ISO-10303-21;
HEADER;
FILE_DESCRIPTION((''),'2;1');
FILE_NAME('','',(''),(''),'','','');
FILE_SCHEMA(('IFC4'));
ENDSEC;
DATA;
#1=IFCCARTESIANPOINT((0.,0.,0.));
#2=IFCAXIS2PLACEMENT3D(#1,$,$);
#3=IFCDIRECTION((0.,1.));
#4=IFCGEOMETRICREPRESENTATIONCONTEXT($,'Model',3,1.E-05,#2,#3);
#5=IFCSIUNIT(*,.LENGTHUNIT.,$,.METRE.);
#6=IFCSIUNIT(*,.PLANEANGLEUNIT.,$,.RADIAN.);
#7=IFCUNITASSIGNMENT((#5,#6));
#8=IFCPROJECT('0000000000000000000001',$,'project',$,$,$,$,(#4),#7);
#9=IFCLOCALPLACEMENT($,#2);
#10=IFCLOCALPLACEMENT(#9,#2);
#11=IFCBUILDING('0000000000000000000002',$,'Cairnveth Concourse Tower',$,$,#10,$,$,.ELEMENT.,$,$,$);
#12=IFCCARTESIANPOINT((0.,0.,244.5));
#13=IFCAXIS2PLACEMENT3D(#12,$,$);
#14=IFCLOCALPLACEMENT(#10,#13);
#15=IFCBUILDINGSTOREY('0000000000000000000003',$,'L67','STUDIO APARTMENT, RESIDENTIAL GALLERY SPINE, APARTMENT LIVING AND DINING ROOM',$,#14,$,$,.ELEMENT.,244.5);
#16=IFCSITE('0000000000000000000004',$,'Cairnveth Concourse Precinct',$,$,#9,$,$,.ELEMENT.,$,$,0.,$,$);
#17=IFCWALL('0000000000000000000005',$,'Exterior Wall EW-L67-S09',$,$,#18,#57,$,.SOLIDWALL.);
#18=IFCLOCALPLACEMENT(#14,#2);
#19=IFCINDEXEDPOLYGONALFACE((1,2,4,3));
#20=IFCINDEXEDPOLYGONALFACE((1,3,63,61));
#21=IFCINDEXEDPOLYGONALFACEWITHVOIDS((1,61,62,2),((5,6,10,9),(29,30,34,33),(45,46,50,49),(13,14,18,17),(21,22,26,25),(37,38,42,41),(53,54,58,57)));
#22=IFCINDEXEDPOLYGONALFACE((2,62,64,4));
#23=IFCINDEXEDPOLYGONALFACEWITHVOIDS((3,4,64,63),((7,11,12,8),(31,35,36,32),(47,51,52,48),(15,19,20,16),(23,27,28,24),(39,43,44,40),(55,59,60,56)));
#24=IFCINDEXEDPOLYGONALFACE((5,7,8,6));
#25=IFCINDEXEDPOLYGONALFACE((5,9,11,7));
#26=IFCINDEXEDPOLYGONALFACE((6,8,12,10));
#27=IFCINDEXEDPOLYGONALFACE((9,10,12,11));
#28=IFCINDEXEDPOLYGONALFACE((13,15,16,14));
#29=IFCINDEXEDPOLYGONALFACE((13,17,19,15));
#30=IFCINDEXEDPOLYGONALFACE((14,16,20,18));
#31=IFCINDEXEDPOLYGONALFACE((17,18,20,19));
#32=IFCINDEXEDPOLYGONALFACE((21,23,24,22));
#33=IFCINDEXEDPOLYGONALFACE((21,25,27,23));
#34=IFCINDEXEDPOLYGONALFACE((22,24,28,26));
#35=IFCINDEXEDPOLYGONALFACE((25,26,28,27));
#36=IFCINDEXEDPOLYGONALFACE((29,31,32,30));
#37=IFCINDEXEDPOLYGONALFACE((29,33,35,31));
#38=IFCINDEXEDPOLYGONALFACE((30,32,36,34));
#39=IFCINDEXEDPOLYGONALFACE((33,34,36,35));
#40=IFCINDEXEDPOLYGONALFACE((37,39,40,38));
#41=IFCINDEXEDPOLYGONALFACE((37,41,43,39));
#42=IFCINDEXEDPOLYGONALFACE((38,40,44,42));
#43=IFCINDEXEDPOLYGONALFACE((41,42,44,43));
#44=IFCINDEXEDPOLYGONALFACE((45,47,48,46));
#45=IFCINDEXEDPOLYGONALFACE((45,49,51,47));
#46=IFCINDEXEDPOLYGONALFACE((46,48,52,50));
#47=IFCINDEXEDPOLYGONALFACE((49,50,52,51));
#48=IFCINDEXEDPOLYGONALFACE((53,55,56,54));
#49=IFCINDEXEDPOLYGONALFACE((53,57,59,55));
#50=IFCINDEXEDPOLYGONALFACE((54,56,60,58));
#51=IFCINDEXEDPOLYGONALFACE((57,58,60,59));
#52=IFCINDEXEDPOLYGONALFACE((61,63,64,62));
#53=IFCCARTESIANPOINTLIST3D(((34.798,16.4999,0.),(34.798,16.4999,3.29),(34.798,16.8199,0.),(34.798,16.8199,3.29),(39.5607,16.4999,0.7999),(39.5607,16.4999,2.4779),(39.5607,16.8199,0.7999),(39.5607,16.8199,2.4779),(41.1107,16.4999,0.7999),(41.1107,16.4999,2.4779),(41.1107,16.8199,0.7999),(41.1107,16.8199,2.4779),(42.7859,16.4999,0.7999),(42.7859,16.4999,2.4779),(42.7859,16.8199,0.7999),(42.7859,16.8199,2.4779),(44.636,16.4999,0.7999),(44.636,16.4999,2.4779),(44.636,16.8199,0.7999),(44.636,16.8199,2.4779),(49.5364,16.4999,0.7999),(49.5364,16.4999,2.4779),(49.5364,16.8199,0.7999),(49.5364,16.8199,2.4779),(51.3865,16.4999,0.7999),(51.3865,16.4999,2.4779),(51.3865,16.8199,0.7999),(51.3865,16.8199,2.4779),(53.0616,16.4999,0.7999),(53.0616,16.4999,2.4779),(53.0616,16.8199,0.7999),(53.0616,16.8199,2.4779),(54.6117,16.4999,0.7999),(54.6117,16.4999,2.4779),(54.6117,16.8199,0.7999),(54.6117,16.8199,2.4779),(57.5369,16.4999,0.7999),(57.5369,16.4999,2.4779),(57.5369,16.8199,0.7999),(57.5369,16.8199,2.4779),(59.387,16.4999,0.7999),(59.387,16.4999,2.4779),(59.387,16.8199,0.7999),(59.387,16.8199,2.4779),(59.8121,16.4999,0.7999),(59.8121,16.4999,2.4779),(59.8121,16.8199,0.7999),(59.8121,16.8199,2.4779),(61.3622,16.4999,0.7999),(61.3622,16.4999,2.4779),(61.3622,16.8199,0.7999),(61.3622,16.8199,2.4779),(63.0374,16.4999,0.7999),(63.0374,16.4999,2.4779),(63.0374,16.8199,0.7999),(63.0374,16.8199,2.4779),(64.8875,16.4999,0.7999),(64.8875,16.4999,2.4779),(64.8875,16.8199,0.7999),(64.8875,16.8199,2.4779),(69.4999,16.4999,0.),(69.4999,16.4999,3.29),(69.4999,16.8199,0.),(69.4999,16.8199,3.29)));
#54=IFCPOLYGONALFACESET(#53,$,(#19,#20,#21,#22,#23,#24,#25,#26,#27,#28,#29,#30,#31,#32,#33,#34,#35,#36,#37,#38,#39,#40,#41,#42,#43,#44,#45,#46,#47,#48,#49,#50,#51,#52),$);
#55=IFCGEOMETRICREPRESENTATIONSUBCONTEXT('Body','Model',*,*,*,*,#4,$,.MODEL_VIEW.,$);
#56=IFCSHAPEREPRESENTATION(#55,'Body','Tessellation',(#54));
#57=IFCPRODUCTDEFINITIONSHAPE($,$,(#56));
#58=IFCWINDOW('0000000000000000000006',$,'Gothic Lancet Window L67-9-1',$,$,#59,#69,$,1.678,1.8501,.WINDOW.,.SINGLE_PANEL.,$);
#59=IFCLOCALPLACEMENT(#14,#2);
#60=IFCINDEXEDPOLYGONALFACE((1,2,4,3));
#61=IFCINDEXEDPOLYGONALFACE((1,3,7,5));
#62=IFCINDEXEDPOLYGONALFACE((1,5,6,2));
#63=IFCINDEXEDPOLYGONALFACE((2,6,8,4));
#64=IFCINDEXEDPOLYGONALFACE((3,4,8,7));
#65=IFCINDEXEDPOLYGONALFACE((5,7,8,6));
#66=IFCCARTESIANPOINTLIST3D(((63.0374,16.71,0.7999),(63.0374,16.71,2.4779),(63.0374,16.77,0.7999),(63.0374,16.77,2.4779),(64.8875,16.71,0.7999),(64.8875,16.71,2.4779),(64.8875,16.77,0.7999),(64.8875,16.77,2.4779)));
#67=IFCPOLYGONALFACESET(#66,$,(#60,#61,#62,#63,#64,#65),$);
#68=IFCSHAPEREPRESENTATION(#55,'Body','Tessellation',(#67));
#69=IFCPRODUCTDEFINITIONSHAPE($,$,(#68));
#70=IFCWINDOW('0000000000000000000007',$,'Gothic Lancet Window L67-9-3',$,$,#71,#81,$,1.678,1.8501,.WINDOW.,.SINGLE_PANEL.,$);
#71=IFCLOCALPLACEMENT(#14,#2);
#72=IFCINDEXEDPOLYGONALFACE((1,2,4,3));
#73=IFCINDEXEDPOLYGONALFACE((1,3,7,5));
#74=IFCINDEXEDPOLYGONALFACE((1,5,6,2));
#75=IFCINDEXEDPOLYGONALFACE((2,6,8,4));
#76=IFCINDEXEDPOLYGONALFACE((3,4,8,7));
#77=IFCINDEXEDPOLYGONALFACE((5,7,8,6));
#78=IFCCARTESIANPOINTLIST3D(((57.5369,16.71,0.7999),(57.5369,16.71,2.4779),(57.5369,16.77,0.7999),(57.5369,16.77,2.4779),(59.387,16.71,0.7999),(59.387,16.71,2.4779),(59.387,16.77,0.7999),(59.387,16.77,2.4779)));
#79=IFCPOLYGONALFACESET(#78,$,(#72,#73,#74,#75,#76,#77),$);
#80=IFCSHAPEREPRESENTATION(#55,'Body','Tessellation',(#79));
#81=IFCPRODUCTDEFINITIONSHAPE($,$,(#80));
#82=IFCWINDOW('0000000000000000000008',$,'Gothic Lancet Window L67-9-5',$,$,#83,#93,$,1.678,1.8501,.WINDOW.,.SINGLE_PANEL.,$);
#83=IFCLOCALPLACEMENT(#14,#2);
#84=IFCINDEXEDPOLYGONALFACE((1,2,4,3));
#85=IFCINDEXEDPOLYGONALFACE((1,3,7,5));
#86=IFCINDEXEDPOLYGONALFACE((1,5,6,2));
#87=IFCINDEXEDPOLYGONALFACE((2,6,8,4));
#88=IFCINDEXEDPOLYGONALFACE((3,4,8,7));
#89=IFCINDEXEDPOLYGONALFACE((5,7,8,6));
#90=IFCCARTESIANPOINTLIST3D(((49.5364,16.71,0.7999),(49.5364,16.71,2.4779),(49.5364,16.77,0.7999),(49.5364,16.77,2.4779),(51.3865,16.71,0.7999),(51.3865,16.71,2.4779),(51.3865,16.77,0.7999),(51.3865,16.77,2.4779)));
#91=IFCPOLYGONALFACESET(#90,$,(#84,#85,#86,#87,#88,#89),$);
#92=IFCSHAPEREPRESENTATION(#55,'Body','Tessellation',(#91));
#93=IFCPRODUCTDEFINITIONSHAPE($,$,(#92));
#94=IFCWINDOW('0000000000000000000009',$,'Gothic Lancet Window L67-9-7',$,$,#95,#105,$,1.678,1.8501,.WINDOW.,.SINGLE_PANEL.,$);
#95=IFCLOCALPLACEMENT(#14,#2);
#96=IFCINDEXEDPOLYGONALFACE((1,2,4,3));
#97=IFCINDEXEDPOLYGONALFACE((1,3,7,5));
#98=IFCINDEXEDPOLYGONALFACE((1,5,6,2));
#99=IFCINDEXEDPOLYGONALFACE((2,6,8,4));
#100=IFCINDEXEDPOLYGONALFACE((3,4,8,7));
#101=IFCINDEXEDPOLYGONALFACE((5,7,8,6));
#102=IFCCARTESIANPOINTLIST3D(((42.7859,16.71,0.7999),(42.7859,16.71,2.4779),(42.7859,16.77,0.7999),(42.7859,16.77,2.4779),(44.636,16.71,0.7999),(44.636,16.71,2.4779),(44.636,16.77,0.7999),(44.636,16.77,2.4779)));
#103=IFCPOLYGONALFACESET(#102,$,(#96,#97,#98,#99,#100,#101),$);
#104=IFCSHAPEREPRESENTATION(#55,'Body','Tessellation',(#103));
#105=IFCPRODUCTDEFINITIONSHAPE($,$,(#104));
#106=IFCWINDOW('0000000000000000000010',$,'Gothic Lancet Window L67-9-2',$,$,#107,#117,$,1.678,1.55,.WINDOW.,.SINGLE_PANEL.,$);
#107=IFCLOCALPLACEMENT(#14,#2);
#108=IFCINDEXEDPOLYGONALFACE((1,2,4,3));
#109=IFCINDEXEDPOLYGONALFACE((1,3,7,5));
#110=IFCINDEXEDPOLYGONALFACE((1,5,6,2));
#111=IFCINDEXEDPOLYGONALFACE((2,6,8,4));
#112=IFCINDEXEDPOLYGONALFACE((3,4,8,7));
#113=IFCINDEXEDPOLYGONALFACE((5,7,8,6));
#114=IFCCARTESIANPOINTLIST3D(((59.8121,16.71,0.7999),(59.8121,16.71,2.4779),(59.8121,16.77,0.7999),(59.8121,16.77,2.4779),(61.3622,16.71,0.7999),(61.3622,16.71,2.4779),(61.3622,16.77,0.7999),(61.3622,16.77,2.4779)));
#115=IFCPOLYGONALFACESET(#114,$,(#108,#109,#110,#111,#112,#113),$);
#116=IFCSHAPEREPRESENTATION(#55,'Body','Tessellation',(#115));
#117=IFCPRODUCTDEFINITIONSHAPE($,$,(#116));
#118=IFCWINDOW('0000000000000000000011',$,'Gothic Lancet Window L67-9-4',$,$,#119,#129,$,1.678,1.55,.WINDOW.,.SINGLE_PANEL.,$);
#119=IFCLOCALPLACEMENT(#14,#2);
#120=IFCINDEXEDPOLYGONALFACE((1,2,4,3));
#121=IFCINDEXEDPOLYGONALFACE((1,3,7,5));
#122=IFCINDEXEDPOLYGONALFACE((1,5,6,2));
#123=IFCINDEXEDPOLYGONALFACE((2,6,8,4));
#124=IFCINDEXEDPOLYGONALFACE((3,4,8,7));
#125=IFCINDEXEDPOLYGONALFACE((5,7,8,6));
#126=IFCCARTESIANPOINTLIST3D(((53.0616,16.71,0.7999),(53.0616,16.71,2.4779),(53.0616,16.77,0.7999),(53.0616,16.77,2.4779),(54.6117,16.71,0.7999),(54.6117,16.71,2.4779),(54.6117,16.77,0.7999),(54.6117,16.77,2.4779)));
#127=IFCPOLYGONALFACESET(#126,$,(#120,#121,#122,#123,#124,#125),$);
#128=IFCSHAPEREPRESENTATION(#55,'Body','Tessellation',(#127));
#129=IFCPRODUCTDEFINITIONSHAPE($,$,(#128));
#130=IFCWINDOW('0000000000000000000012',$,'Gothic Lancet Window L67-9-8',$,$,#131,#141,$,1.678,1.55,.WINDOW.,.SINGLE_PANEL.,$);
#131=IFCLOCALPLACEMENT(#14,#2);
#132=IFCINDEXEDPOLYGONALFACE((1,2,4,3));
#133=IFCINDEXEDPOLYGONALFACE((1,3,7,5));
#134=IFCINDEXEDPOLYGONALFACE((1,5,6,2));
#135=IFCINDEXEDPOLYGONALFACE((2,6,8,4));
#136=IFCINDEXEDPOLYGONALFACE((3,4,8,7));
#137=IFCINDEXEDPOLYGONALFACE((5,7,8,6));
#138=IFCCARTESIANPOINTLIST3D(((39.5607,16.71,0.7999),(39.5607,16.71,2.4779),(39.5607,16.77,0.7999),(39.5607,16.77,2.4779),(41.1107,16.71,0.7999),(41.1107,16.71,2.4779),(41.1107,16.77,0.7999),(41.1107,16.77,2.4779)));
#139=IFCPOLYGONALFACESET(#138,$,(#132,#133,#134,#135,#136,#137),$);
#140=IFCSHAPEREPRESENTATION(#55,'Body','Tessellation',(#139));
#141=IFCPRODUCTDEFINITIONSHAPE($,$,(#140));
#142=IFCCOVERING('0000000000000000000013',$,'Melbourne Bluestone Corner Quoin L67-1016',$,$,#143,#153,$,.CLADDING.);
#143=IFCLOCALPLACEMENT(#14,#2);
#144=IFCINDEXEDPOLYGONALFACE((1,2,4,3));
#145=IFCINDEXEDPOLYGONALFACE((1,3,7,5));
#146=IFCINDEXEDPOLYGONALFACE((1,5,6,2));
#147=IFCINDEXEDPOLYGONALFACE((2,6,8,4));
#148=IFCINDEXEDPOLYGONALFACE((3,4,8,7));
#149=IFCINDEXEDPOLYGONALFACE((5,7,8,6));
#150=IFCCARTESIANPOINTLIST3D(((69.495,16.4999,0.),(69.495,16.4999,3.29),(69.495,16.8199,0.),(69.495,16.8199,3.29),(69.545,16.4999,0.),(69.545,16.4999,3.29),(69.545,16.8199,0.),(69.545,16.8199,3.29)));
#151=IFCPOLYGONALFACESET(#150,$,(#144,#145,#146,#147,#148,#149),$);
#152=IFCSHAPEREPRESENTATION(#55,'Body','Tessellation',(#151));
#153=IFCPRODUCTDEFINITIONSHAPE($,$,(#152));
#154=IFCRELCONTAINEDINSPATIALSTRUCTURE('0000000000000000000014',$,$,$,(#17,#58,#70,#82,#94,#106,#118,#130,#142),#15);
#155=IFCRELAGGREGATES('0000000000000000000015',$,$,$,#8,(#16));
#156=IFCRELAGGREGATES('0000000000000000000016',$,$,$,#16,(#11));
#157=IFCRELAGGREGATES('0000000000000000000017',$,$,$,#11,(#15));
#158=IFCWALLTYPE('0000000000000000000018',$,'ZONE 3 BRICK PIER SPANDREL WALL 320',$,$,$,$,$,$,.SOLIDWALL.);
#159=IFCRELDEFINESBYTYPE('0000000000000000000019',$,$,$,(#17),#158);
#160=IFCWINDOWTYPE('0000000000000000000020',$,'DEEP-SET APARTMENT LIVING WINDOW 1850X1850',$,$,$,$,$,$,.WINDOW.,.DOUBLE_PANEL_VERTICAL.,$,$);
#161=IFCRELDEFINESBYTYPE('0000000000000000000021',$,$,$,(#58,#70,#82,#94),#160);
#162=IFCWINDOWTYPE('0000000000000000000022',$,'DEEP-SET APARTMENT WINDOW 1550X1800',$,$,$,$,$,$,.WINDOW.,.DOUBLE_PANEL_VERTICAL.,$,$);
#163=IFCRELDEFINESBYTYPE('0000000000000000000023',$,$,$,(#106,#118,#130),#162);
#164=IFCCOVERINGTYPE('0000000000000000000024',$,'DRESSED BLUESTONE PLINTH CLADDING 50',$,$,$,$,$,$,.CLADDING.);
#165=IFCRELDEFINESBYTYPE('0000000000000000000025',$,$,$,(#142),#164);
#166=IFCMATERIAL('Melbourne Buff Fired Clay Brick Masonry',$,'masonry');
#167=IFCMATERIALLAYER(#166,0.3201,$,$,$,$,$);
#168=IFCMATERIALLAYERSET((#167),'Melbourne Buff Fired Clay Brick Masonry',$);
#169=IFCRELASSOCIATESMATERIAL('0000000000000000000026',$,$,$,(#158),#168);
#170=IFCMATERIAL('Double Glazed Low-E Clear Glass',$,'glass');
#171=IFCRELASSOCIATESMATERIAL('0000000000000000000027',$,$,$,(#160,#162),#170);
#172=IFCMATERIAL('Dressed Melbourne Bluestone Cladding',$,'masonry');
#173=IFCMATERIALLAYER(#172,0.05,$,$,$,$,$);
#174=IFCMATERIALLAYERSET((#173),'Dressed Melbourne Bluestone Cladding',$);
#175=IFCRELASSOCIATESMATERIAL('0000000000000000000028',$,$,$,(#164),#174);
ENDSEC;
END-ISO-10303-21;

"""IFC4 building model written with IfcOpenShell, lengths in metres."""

from ifc_helpers import new_model, si_unit, direction, frame, frame_2d, origin, place, context, subcontext, project, spatial, rectangle, extrude, material, layer, layer_set, type_object, element, fill, save


model = new_model("IFC4")

# Units and contexts
model_context = context("Model", 3, precision=1e-05, world=origin(), true_north=direction((0.0, 1.0)))
body_context = subcontext(model_context, "Body", "Model", "MODEL_VIEW")
ifc_project = project(units=[si_unit("LENGTHUNIT", "METRE"), si_unit("PLANEANGLEUNIT", "RADIAN")], contexts=[model_context])

# Site, building, storey
site_placement = place(None, origin())
site = spatial("IfcSite", under=ifc_project, at=site_placement, Name="Cairnveth Concourse Precinct", CompositionType="ELEMENT", RefElevation=0.0)
building_placement = place(site_placement, origin())
building = spatial("IfcBuilding", under=site, at=building_placement, Name="Cairnveth Concourse Tower", CompositionType="ELEMENT")
storey_placement = place(building_placement, frame((0.0, 0.0, 244.5)))
storey = spatial("IfcBuildingStorey", under=building, at=storey_placement, Name="L67", Description="STUDIO APARTMENT, RESIDENTIAL GALLERY SPINE, APARTMENT LIVING AND DINING ROOM", CompositionType="ELEMENT", Elevation=244.5)

# Shared definitions
ifc_material_1 = material(Name="Melbourne Buff Fired Clay Brick Masonry", Category="masonry")
ifc_layer_1 = layer(ifc_material_1, 0.3201)
ifc_layer_set_1 = layer_set([ifc_layer_1], Name="Melbourne Buff Fired Clay Brick Masonry")
wall_type_1 = type_object("IfcWallType", Name="ZONE 3 BRICK PIER SPANDREL WALL 320", PredefinedType="SOLIDWALL", material=ifc_layer_set_1)

# Wall, openings, windows
wall_1_placement = place(storey_placement, frame((69.5, 16.6599, 0.0), z_axis=(0.0, 0.0, 1.0), x_axis=(-1.0, 0.0, 0.0)))
wall_1 = element("IfcWall", 1, at=wall_1_placement, inside=storey, type_object=wall_type_1, Name="Exterior Wall EW-L67-S09", PredefinedType="SOLIDWALL", context=body_context, shape_type="SweptSolid", body=[
    extrude(rectangle(XDim=34.7019, YDim=0.3201, at=frame_2d((17.3511, 0.0))), origin(), (0.0, 0.0, 1.0), 3.29),
])
opening_1_placement = place(wall_1_placement, frame((4.6125, 0.0, 0.8)))
opening_1 = element("IfcOpeningElement", 2, at=opening_1_placement, cuts=wall_1, PredefinedType="OPENING", context=body_context, shape_type="SweptSolid", body=[
    extrude(rectangle(XDim=1.8501, YDim=1.678, at=frame_2d((0.925, 0.8389))), frame((0.0, 0.1699, 0.0), z_axis=(0.0, -1.0, 0.0), x_axis=(1.0, 0.0, 0.0)), (0.0, 0.0, 1.0), 0.3401),
])
opening_2_placement = place(wall_1_placement, frame((8.1379, 0.0, 0.8)))
opening_2 = element("IfcOpeningElement", 3, at=opening_2_placement, cuts=wall_1, PredefinedType="OPENING", context=body_context, shape_type="SweptSolid", body=[
    extrude(rectangle(XDim=1.55, YDim=1.678, at=frame_2d((0.7749, 0.8389))), frame((0.0, 0.1699, 0.0), z_axis=(0.0, -1.0, 0.0), x_axis=(1.0, 0.0, 0.0)), (0.0, 0.0, 1.0), 0.3401),
])
opening_3_placement = place(wall_1_placement, frame((10.113, 0.0, 0.8)))
opening_3 = element("IfcOpeningElement", 4, at=opening_3_placement, cuts=wall_1, PredefinedType="OPENING", context=body_context, shape_type="SweptSolid", body=[
    extrude(rectangle(XDim=1.8501, YDim=1.678, at=frame_2d((0.925, 0.8389))), frame((0.0, 0.1699, 0.0), z_axis=(0.0, -1.0, 0.0), x_axis=(1.0, 0.0, 0.0)), (0.0, 0.0, 1.0), 0.3401),
])
opening_4_placement = place(wall_1_placement, frame((14.8884, 0.0, 0.8)))
opening_4 = element("IfcOpeningElement", 5, at=opening_4_placement, cuts=wall_1, PredefinedType="OPENING", context=body_context, shape_type="SweptSolid", body=[
    extrude(rectangle(XDim=1.55, YDim=1.678, at=frame_2d((0.7749, 0.8389))), frame((0.0, 0.1699, 0.0), z_axis=(0.0, -1.0, 0.0), x_axis=(1.0, 0.0, 0.0)), (0.0, 0.0, 1.0), 0.3401),
])
opening_5_placement = place(wall_1_placement, frame((18.1135, 0.0, 0.8)))
opening_5 = element("IfcOpeningElement", 6, at=opening_5_placement, cuts=wall_1, PredefinedType="OPENING", context=body_context, shape_type="SweptSolid", body=[
    extrude(rectangle(XDim=1.8501, YDim=1.678, at=frame_2d((0.925, 0.8389))), frame((0.0, 0.1699, 0.0), z_axis=(0.0, -1.0, 0.0), x_axis=(1.0, 0.0, 0.0)), (0.0, 0.0, 1.0), 0.3401),
])
opening_6_placement = place(wall_1_placement, frame((24.864, 0.0, 0.8)))
opening_6 = element("IfcOpeningElement", 7, at=opening_6_placement, cuts=wall_1, PredefinedType="OPENING", context=body_context, shape_type="SweptSolid", body=[
    extrude(rectangle(XDim=1.8501, YDim=1.678, at=frame_2d((0.925, 0.8389))), frame((0.0, 0.1699, 0.0), z_axis=(0.0, -1.0, 0.0), x_axis=(1.0, 0.0, 0.0)), (0.0, 0.0, 1.0), 0.3401),
])
opening_7_placement = place(wall_1_placement, frame((28.3894, 0.0, 0.8)))
opening_7 = element("IfcOpeningElement", 8, at=opening_7_placement, cuts=wall_1, PredefinedType="OPENING", context=body_context, shape_type="SweptSolid", body=[
    extrude(rectangle(XDim=1.55, YDim=1.678, at=frame_2d((0.7749, 0.8389))), frame((0.0, 0.1699, 0.0), z_axis=(0.0, -1.0, 0.0), x_axis=(1.0, 0.0, 0.0)), (0.0, 0.0, 1.0), 0.3401),
])
ifc_material_2 = material(Name="Double Glazed Low-E Clear Glass", Category="glass")
window_type_1 = type_object("IfcWindowType", Name="DEEP-SET APARTMENT LIVING WINDOW 1850X1850", PartitioningType="DOUBLE_PANEL_VERTICAL", PredefinedType="WINDOW", material=ifc_material_2)
window_1_placement = place(opening_1_placement, origin())
window_1 = element("IfcWindow", 9, at=window_1_placement, inside=storey, type_object=window_type_1, Name="Gothic Lancet Window L67-9-1", OverallHeight=1.678, OverallWidth=1.8501, PartitioningType="SINGLE_PANEL", PredefinedType="WINDOW", context=body_context, shape_type="SweptSolid", body=[
    extrude(rectangle(XDim=1.8501, YDim=1.678, at=frame_2d((0.925, 0.8389))), frame((0.0, -0.05, 0.0), z_axis=(0.0, -1.0, 0.0), x_axis=(1.0, 0.0, 0.0)), (0.0, 0.0, 1.0), 0.0601),
])
fill(opening_1, window_1)
window_2_placement = place(opening_3_placement, origin())
window_2 = element("IfcWindow", 10, at=window_2_placement, inside=storey, type_object=window_type_1, Name="Gothic Lancet Window L67-9-3", OverallHeight=1.678, OverallWidth=1.8501, PartitioningType="SINGLE_PANEL", PredefinedType="WINDOW", context=body_context, shape_type="SweptSolid", body=[
    extrude(rectangle(XDim=1.8501, YDim=1.678, at=frame_2d((0.925, 0.8389))), frame((0.0, -0.05, 0.0), z_axis=(0.0, -1.0, 0.0), x_axis=(1.0, 0.0, 0.0)), (0.0, 0.0, 1.0), 0.0601),
])
fill(opening_3, window_2)
window_3_placement = place(opening_5_placement, origin())
window_3 = element("IfcWindow", 11, at=window_3_placement, inside=storey, type_object=window_type_1, Name="Gothic Lancet Window L67-9-5", OverallHeight=1.678, OverallWidth=1.8501, PartitioningType="SINGLE_PANEL", PredefinedType="WINDOW", context=body_context, shape_type="SweptSolid", body=[
    extrude(rectangle(XDim=1.8501, YDim=1.678, at=frame_2d((0.925, 0.8389))), frame((0.0, -0.05, 0.0), z_axis=(0.0, -1.0, 0.0), x_axis=(1.0, 0.0, 0.0)), (0.0, 0.0, 1.0), 0.0601),
])
fill(opening_5, window_3)
window_4_placement = place(opening_6_placement, origin())
window_4 = element("IfcWindow", 12, at=window_4_placement, inside=storey, type_object=window_type_1, Name="Gothic Lancet Window L67-9-7", OverallHeight=1.678, OverallWidth=1.8501, PartitioningType="SINGLE_PANEL", PredefinedType="WINDOW", context=body_context, shape_type="SweptSolid", body=[
    extrude(rectangle(XDim=1.8501, YDim=1.678, at=frame_2d((0.925, 0.8389))), frame((0.0, -0.05, 0.0), z_axis=(0.0, -1.0, 0.0), x_axis=(1.0, 0.0, 0.0)), (0.0, 0.0, 1.0), 0.0601),
])
fill(opening_6, window_4)
window_type_2 = type_object("IfcWindowType", Name="DEEP-SET APARTMENT WINDOW 1550X1800", PartitioningType="DOUBLE_PANEL_VERTICAL", PredefinedType="WINDOW", material=ifc_material_2)
window_5_placement = place(opening_2_placement, origin())
window_5 = element("IfcWindow", 13, at=window_5_placement, inside=storey, type_object=window_type_2, Name="Gothic Lancet Window L67-9-2", OverallHeight=1.678, OverallWidth=1.55, PartitioningType="SINGLE_PANEL", PredefinedType="WINDOW", context=body_context, shape_type="SweptSolid", body=[
    extrude(rectangle(XDim=1.55, YDim=1.678, at=frame_2d((0.7749, 0.8389))), frame((0.0, -0.05, 0.0), z_axis=(0.0, -1.0, 0.0), x_axis=(1.0, 0.0, 0.0)), (0.0, 0.0, 1.0), 0.0601),
])
fill(opening_2, window_5)
window_6_placement = place(opening_4_placement, origin())
window_6 = element("IfcWindow", 14, at=window_6_placement, inside=storey, type_object=window_type_2, Name="Gothic Lancet Window L67-9-4", OverallHeight=1.678, OverallWidth=1.55, PartitioningType="SINGLE_PANEL", PredefinedType="WINDOW", context=body_context, shape_type="SweptSolid", body=[
    extrude(rectangle(XDim=1.55, YDim=1.678, at=frame_2d((0.7749, 0.8389))), frame((0.0, -0.05, 0.0), z_axis=(0.0, -1.0, 0.0), x_axis=(1.0, 0.0, 0.0)), (0.0, 0.0, 1.0), 0.0601),
])
fill(opening_4, window_6)
window_7_placement = place(opening_7_placement, origin())
window_7 = element("IfcWindow", 15, at=window_7_placement, inside=storey, type_object=window_type_2, Name="Gothic Lancet Window L67-9-8", OverallHeight=1.678, OverallWidth=1.55, PartitioningType="SINGLE_PANEL", PredefinedType="WINDOW", context=body_context, shape_type="SweptSolid", body=[
    extrude(rectangle(XDim=1.55, YDim=1.678, at=frame_2d((0.7749, 0.8389))), frame((0.0, -0.05, 0.0), z_axis=(0.0, -1.0, 0.0), x_axis=(1.0, 0.0, 0.0)), (0.0, 0.0, 1.0), 0.0601),
])
fill(opening_7, window_7)

# Covering
ifc_material_3 = material(Name="Dressed Melbourne Bluestone Cladding", Category="masonry")
ifc_layer_2 = layer(ifc_material_3, 0.05)
ifc_layer_set_2 = layer_set([ifc_layer_2], Name="Dressed Melbourne Bluestone Cladding")
covering_type = type_object("IfcCoveringType", Name="DRESSED BLUESTONE PLINTH CLADDING 50", PredefinedType="CLADDING", material=ifc_layer_set_2)
covering_placement = place(storey_placement, frame((69.52, 16.8201, 0.0), z_axis=(0.0, 0.0, 1.0), x_axis=(0.0, -1.0, 0.0)))
element("IfcCovering", 16, at=covering_placement, inside=storey, type_object=covering_type, Name="Melbourne Bluestone Corner Quoin L67-1016", PredefinedType="CLADDING", context=body_context, shape_type="SweptSolid", body=[
    extrude(rectangle(XDim=0.3201, YDim=0.05, at=frame_2d((0.1602, 0.0))), origin(), (0.0, 0.0, 1.0), 3.29),
])

save(model, "model.ifc")
